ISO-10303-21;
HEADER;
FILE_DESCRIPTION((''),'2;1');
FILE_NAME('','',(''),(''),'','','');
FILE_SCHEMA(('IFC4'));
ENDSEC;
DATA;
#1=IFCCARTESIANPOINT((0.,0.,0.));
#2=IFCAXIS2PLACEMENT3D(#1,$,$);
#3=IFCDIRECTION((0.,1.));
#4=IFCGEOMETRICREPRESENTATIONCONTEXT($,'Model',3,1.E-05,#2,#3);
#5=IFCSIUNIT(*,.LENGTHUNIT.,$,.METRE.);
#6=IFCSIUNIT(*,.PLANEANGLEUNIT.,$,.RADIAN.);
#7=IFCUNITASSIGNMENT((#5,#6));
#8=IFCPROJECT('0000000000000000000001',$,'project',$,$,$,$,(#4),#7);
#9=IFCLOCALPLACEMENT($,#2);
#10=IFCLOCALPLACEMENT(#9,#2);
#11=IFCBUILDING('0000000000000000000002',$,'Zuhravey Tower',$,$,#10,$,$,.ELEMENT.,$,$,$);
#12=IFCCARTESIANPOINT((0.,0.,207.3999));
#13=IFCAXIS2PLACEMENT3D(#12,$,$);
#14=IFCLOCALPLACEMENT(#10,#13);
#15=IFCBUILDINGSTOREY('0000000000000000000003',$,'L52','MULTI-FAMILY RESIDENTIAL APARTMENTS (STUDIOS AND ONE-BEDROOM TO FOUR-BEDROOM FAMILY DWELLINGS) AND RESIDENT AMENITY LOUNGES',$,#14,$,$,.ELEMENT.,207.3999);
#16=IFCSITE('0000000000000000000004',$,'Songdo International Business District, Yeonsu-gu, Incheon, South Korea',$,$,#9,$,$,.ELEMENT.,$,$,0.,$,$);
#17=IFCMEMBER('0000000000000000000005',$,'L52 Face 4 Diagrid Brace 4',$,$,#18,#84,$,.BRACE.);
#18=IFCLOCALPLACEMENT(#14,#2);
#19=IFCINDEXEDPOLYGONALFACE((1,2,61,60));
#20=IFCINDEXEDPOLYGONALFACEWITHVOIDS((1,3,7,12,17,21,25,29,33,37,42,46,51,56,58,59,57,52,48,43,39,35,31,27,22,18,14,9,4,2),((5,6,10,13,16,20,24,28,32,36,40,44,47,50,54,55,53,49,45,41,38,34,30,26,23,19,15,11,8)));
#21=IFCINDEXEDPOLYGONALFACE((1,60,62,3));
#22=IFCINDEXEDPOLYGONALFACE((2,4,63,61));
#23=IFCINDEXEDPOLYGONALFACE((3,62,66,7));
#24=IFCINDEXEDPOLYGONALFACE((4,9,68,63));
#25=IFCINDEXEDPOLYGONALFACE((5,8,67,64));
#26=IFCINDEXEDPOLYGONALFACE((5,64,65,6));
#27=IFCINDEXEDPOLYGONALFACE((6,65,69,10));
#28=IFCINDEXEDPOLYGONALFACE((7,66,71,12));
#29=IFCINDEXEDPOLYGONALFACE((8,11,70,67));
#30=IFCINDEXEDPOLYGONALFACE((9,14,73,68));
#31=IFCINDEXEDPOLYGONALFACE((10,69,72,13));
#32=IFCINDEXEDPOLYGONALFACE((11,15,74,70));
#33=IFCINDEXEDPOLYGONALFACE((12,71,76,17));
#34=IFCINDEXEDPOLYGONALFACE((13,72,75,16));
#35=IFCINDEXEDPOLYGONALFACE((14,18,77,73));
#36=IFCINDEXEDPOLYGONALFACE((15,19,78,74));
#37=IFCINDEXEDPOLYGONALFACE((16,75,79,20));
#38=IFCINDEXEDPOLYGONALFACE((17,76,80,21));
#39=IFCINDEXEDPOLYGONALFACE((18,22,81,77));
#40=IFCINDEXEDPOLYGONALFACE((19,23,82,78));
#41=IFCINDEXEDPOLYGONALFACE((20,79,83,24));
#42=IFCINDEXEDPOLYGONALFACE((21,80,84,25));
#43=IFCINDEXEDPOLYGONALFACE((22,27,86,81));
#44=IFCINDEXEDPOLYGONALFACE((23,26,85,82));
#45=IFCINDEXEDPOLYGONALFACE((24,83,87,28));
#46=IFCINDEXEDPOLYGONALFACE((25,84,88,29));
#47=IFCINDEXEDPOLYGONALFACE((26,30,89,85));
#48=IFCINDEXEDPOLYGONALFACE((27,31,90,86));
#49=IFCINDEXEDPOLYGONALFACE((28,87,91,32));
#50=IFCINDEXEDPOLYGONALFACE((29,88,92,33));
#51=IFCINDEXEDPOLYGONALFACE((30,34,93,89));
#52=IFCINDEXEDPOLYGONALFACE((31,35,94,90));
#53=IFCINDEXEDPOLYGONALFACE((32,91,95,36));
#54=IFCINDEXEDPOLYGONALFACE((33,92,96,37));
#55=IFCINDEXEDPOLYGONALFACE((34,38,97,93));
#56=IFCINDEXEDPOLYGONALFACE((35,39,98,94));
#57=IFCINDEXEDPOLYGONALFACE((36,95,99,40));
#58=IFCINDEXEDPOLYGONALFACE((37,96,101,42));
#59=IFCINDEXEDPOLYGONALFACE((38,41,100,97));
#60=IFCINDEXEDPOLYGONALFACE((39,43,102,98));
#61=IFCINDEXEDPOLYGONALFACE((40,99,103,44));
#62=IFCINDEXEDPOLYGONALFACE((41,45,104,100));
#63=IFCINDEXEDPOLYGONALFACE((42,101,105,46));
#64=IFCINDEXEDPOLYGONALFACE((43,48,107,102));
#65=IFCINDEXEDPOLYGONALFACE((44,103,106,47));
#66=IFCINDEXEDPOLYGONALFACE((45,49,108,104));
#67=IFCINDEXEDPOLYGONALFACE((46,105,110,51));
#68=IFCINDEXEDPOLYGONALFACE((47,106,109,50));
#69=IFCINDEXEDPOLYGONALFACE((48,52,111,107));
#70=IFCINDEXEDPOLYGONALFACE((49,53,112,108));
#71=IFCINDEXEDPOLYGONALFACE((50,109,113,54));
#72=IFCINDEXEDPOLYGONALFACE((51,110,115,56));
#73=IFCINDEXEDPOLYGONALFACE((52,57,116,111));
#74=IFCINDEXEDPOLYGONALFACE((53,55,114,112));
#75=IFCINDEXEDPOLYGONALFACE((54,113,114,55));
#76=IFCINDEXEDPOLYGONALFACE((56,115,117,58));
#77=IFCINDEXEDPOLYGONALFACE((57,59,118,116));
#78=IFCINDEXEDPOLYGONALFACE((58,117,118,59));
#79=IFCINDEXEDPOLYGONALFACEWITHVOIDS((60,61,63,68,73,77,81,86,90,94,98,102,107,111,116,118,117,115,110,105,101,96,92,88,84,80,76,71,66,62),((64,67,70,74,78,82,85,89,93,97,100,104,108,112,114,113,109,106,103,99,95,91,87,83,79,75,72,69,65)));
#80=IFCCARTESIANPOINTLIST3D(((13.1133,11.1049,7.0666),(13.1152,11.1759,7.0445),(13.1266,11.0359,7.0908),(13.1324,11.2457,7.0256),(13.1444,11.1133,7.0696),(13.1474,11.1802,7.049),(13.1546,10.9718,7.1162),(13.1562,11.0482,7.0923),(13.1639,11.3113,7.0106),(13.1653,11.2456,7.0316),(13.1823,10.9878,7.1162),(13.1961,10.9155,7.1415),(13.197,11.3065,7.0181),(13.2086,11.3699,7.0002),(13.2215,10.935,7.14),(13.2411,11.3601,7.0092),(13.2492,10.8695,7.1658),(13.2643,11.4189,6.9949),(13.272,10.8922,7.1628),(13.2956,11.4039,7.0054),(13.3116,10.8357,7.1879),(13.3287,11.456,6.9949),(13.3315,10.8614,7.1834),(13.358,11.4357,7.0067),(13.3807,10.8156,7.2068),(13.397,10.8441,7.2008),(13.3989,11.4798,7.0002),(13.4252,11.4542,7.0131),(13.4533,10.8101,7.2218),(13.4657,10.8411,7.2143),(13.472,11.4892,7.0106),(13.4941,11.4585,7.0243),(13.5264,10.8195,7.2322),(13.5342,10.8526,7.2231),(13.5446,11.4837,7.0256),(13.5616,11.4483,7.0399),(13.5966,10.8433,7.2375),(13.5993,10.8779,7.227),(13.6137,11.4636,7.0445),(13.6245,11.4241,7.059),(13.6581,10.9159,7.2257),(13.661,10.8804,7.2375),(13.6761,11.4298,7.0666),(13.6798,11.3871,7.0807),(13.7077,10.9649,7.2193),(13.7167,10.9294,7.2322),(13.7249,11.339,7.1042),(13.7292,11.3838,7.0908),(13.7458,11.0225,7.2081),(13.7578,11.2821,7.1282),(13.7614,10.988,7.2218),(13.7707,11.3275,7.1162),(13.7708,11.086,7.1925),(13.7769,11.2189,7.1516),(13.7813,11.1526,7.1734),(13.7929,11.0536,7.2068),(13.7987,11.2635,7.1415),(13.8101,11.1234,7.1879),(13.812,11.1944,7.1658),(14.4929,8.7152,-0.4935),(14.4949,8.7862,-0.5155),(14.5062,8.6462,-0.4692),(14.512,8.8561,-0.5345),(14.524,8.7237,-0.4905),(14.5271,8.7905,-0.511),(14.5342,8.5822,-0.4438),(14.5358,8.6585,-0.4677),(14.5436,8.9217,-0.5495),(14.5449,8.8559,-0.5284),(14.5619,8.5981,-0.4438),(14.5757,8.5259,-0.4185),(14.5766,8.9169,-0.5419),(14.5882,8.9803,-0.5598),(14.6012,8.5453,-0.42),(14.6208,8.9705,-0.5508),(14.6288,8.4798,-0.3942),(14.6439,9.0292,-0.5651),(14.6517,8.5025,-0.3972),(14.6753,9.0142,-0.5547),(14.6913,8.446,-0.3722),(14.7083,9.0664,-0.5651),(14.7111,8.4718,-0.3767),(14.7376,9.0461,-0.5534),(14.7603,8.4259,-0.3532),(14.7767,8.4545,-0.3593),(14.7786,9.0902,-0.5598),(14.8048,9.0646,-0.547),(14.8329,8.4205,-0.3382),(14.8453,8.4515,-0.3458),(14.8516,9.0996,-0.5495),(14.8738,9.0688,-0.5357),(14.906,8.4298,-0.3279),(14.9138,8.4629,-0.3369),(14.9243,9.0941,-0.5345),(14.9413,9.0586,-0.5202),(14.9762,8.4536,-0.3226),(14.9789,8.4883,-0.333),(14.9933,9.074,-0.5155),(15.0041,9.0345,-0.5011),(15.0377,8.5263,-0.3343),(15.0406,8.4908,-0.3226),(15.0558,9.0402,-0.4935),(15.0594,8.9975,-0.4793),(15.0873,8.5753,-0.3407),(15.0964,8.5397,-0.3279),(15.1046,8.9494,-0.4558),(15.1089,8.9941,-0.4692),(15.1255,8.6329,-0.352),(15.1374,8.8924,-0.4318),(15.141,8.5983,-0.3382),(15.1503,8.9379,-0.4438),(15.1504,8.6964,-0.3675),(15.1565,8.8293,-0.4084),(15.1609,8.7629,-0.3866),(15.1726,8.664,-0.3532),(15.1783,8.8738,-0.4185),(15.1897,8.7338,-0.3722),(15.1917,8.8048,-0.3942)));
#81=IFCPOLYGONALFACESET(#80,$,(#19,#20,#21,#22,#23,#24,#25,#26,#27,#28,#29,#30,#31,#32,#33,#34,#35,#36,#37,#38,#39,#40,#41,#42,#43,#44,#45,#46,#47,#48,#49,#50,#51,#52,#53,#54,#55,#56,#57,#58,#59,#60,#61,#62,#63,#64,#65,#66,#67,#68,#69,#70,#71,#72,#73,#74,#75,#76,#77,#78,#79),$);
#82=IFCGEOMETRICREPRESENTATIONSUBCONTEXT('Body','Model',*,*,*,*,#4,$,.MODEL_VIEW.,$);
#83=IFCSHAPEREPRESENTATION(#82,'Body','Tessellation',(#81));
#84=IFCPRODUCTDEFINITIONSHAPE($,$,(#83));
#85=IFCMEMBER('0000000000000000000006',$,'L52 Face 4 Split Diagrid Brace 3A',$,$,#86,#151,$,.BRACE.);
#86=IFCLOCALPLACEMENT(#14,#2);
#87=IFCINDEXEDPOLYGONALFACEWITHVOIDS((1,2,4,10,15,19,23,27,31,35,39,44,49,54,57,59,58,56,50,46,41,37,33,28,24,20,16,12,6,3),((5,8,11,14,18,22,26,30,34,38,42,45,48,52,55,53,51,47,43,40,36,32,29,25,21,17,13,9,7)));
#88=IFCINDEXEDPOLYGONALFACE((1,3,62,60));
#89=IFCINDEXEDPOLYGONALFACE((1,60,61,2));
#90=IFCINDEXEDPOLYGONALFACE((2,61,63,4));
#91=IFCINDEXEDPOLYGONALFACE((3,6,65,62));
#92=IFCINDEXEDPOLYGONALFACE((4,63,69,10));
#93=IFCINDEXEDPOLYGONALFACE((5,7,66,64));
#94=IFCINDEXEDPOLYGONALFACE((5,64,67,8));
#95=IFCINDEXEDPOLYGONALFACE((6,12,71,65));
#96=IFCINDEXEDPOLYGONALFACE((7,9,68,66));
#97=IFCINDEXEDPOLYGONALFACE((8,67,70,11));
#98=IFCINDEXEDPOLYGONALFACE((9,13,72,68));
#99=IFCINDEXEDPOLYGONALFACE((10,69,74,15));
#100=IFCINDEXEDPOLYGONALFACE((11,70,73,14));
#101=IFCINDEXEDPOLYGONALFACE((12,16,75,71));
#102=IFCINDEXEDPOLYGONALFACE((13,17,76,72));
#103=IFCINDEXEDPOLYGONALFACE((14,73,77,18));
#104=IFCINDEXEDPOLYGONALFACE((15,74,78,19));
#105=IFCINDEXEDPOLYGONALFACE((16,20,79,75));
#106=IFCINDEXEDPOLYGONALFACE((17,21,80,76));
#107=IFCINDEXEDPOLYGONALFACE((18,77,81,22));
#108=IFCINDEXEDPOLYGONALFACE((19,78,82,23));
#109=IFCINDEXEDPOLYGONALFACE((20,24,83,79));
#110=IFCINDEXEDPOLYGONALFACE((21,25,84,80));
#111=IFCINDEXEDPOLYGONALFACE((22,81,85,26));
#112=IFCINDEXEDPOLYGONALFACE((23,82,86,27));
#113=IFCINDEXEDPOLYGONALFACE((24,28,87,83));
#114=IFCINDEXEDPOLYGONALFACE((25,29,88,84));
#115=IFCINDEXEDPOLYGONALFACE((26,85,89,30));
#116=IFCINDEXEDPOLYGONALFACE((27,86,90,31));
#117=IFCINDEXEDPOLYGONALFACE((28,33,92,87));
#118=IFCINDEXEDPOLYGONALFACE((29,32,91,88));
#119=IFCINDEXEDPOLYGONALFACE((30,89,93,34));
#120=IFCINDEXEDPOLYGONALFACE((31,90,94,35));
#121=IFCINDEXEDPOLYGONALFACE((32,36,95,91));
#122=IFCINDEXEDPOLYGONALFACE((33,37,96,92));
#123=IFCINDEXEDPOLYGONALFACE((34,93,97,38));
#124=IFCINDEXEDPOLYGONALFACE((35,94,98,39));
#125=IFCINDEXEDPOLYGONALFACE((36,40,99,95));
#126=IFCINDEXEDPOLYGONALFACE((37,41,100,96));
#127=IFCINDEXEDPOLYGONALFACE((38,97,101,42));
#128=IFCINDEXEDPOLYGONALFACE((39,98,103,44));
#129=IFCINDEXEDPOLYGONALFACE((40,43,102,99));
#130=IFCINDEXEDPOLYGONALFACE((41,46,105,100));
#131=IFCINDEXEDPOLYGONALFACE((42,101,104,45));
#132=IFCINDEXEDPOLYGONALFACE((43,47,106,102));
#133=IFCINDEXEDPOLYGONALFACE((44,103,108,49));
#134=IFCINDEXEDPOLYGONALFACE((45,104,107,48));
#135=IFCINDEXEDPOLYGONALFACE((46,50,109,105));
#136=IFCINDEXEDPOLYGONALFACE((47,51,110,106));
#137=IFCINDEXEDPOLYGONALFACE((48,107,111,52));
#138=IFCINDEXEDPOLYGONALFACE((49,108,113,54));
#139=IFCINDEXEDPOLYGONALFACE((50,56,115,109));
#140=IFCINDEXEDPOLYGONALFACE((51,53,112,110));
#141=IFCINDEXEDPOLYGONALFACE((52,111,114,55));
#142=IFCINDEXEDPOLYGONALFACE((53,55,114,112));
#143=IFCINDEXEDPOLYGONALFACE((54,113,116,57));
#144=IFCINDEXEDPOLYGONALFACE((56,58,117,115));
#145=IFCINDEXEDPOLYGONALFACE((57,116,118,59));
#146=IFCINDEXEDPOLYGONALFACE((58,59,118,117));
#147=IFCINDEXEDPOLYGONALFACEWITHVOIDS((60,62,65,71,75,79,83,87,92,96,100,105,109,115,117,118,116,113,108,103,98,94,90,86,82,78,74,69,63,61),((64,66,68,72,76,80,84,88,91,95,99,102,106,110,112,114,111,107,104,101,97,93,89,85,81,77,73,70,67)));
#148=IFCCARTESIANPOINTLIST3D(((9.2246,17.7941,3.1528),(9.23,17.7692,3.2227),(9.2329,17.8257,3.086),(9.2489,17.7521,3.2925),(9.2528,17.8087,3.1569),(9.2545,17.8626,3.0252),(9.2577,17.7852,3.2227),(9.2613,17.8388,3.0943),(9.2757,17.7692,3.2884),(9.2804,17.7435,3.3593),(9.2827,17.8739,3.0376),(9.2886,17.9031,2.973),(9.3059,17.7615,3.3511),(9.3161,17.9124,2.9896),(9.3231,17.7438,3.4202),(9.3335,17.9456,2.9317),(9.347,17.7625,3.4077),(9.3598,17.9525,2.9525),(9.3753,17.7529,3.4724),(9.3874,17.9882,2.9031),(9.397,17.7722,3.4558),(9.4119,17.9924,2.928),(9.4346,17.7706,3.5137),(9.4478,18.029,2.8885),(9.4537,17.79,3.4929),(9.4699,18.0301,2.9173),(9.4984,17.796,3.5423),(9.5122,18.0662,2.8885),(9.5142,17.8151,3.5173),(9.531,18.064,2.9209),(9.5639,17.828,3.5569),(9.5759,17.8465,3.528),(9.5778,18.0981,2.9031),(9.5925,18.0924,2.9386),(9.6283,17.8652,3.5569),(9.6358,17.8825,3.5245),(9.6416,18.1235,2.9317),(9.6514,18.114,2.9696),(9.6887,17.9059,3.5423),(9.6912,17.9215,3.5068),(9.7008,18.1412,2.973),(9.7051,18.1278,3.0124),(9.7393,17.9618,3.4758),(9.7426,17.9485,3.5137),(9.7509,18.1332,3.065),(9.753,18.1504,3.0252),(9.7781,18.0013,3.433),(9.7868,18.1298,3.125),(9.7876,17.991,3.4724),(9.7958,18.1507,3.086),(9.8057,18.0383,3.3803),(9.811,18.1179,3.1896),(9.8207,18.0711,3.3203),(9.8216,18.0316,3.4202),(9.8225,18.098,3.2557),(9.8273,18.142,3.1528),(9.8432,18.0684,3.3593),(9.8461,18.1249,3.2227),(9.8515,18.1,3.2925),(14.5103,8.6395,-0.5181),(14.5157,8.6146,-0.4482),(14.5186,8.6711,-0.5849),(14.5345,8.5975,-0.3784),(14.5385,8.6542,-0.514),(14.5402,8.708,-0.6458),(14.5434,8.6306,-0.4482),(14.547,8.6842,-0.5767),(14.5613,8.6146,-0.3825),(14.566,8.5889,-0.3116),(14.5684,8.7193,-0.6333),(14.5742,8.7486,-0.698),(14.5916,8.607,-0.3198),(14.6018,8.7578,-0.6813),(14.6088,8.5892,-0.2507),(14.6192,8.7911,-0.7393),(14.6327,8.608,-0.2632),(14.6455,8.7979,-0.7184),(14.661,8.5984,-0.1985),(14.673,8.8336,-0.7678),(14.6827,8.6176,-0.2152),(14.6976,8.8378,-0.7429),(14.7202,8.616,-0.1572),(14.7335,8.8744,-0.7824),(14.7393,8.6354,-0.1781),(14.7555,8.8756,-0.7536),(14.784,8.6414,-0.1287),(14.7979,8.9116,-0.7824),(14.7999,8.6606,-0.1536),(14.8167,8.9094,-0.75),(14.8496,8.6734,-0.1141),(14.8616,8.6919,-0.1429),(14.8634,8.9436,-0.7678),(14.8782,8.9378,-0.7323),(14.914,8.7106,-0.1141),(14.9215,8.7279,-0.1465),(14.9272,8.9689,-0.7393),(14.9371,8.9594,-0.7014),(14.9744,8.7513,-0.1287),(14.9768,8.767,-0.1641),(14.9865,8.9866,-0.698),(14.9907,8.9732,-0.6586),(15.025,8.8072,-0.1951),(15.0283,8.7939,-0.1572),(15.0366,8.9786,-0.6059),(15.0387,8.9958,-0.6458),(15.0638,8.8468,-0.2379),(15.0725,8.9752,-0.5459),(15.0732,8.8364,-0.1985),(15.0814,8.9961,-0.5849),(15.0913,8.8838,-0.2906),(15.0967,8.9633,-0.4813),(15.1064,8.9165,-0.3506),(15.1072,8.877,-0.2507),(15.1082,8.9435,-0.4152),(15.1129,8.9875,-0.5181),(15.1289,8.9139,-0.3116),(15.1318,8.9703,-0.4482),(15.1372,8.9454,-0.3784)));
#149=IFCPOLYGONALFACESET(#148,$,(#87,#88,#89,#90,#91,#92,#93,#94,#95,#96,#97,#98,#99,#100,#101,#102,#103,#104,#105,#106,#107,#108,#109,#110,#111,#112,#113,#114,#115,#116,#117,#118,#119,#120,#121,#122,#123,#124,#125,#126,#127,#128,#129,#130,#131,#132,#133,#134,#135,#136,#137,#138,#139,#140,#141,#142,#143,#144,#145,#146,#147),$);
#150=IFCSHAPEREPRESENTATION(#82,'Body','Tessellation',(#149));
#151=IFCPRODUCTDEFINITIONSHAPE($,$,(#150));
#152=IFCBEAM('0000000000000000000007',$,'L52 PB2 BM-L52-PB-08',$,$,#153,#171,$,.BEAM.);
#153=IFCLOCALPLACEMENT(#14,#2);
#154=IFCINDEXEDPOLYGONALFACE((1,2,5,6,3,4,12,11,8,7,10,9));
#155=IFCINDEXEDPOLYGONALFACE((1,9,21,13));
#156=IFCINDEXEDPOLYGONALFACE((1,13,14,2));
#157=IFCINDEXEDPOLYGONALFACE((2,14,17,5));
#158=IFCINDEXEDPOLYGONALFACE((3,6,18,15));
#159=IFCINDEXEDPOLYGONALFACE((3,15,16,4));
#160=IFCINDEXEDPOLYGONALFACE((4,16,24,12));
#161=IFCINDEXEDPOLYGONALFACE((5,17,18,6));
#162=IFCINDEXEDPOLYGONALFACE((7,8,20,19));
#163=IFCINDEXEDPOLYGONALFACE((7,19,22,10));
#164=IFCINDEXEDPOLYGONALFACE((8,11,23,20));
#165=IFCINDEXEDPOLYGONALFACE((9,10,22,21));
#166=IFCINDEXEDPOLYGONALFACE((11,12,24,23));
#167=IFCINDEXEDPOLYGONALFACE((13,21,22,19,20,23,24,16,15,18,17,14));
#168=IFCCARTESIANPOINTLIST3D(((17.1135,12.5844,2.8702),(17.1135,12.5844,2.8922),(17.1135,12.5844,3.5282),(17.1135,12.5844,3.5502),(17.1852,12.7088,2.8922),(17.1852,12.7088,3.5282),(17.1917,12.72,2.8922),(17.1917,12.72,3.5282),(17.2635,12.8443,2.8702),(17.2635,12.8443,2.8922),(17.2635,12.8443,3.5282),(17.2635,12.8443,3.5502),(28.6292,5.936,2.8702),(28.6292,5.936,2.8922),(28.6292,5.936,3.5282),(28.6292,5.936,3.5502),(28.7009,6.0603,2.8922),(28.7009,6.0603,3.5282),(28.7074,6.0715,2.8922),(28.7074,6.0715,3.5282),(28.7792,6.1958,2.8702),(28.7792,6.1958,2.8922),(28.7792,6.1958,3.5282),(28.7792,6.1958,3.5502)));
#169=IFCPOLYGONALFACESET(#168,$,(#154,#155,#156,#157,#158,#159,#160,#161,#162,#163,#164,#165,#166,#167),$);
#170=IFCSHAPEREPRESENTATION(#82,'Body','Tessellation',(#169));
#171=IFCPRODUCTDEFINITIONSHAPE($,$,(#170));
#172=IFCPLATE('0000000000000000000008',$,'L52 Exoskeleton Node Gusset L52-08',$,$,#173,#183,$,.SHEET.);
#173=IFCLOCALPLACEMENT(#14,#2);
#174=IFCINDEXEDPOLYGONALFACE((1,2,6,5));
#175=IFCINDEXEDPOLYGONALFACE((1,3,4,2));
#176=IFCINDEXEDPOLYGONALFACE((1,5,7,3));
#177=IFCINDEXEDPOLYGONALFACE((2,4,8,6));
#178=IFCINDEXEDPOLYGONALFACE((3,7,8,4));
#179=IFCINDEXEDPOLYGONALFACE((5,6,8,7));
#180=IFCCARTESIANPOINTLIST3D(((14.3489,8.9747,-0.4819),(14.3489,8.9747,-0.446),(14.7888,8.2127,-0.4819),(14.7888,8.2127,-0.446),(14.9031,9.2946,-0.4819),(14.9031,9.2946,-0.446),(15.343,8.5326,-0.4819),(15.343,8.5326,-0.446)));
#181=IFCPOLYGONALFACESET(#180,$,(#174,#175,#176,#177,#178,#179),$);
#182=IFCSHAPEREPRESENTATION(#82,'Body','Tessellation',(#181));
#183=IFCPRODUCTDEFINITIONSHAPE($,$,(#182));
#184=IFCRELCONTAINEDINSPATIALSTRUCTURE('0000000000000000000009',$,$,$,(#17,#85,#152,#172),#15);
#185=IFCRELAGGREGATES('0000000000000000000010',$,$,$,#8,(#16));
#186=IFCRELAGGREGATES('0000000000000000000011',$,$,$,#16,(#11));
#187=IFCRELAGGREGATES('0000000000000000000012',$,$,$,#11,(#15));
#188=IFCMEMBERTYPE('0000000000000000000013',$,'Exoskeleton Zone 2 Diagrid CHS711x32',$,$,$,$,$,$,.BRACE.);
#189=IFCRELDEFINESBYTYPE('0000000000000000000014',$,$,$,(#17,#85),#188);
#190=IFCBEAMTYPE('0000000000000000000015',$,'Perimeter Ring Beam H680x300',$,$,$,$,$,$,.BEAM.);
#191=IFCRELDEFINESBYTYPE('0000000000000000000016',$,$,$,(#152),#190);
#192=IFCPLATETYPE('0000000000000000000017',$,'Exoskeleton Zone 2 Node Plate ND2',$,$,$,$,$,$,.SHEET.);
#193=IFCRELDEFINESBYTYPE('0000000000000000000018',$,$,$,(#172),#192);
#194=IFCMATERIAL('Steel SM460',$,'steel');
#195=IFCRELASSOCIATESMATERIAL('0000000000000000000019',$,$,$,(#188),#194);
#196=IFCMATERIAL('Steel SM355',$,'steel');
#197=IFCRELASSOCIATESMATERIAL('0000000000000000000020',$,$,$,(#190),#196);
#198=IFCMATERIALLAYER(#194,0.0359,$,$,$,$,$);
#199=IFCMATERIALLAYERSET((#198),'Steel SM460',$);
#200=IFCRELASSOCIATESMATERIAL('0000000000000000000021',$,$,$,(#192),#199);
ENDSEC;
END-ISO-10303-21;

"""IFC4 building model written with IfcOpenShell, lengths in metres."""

from ifc_helpers import new_model, si_unit, direction, frame, origin, origin_2d, place, context, subcontext, project, spatial, rectangle, hollow_circle, i_section, extrude, material, layer, layer_set, material_profile, profile_set, type_object, element, save


model = new_model("IFC4")

# Units and contexts
model_context = context("Model", 3, precision=1e-05, world=origin(), true_north=direction((0.0, 1.0)))
body_context = subcontext(model_context, "Body", "Model", "MODEL_VIEW")
ifc_project = project(units=[si_unit("LENGTHUNIT", "METRE"), si_unit("PLANEANGLEUNIT", "RADIAN")], contexts=[model_context])

# Site, building, storey
site_placement = place(None, origin())
site = spatial("IfcSite", under=ifc_project, at=site_placement, Name="Songdo International Business District, Yeonsu-gu, Incheon, South Korea", CompositionType="ELEMENT", RefElevation=0.0)
building_placement = place(site_placement, origin())
building = spatial("IfcBuilding", under=site, at=building_placement, Name="Zuhravey Tower", CompositionType="ELEMENT")
storey_placement = place(building_placement, frame((0.0, 0.0, 207.3999)))
storey = spatial("IfcBuildingStorey", under=building, at=storey_placement, Name="L52", Description="MULTI-FAMILY RESIDENTIAL APARTMENTS (STUDIOS AND ONE-BEDROOM TO FOUR-BEDROOM FAMILY DWELLINGS) AND RESIDENT AMENITY LOUNGES", CompositionType="ELEMENT", Elevation=207.3999)

# Members
ifc_material_1 = material(Name="Steel SM460", Category="steel")
ifc_material_profile_1 = material_profile(ifc_material_1, hollow_circle(Radius=0.3557, WallThickness=0.032, at=origin_2d()), Name="CHS-711.2x32")
ifc_profile_set_1 = profile_set([ifc_material_profile_1], Name="Steel SM460")
member_type_1 = type_object("IfcMemberType", Name="Exoskeleton Zone 2 Diagrid CHS711x32", PredefinedType="BRACE", material=ifc_profile_set_1)
member_1_placement = place(storey_placement, frame((14.8423, 8.76, -0.4438), z_axis=(-0.171429, 0.296929, 0.939386), x_axis=(-0.866029, -0.499993, 0.0)))
element("IfcMember", 1, at=member_1_placement, inside=storey, type_object=member_type_1, Name="L52 Face 4 Diagrid Brace 4", PredefinedType="BRACE", context=body_context, shape_type="SweptSolid", body=[
    extrude(hollow_circle(Radius=0.3557, WallThickness=0.032, at=origin_2d()), origin(), (0.0, 0.0, 1.0), 8.0479),
])
member_2_placement = place(storey_placement, frame((14.8237, 8.7925, -0.4482), z_axis=(-0.472349, 0.81809, 0.328048), x_axis=(-0.866014, -0.500019, 0.0)))
element("IfcMember", 2, at=member_2_placement, inside=storey, type_object=member_type_1, Name="L52 Face 4 Split Diagrid Brace 3A", PredefinedType="BRACE", context=body_context, shape_type="SweptSolid", body=[
    extrude(hollow_circle(Radius=0.3557, WallThickness=0.032, at=origin_2d()), origin(), (0.0, 0.0, 1.0), 11.1902),
])

# Beam
ifc_material_2 = material(Name="Steel SM355", Category="steel")
ifc_material_profile_2 = material_profile(ifc_material_2, i_section(OverallWidth=0.3, OverallDepth=0.6799, WebThickness=0.0129, FlangeThickness=0.022, at=origin_2d()), Name="H-680x300x13x22")
ifc_profile_set_2 = profile_set([ifc_material_profile_2], Name="Steel SM355")
beam_type = type_object("IfcBeamType", Name="Perimeter Ring Beam H680x300", PredefinedType="BEAM", material=ifc_profile_set_2)
beam_placement = place(storey_placement, frame((17.1885, 12.7144, 3.2102), z_axis=(0.866029, -0.499994, 0.0), x_axis=(0.499994, 0.866029, 0.0)))
element("IfcBeam", 3, at=beam_placement, inside=storey, type_object=beam_type, Name="L52 PB2 BM-L52-PB-08", PredefinedType="BEAM", context=body_context, shape_type="SweptSolid", body=[
    extrude(i_section(OverallWidth=0.3, OverallDepth=0.6799, WebThickness=0.0129, FlangeThickness=0.022, at=origin_2d()), origin(), (0.0, 0.0, 1.0), 13.2971),
])

# Plate
ifc_layer_1 = layer(ifc_material_1, 0.0359)
ifc_layer_set_1 = layer_set([ifc_layer_1], Name="Steel SM460")
plate_type_1 = type_object("IfcPlateType", Name="Exoskeleton Zone 2 Node Plate ND2", PredefinedType="SHEET", material=ifc_layer_set_1)
plate_1_placement = place(storey_placement, frame((14.8459, 8.7537, -0.4819), z_axis=(0.0, 0.0, 1.0), x_axis=(0.5, -0.866025, 0.0)))
element("IfcPlate", 4, at=plate_1_placement, inside=storey, type_object=plate_type_1, Name="L52 Exoskeleton Node Gusset L52-08", PredefinedType="SHEET", context=body_context, shape_type="SweptSolid", body=[
    extrude(rectangle(XDim=0.8799, YDim=0.6399, at=origin_2d()), origin(), (0.0, 0.0, 1.0), 0.0359),
])

save(model, "model.ifc")
